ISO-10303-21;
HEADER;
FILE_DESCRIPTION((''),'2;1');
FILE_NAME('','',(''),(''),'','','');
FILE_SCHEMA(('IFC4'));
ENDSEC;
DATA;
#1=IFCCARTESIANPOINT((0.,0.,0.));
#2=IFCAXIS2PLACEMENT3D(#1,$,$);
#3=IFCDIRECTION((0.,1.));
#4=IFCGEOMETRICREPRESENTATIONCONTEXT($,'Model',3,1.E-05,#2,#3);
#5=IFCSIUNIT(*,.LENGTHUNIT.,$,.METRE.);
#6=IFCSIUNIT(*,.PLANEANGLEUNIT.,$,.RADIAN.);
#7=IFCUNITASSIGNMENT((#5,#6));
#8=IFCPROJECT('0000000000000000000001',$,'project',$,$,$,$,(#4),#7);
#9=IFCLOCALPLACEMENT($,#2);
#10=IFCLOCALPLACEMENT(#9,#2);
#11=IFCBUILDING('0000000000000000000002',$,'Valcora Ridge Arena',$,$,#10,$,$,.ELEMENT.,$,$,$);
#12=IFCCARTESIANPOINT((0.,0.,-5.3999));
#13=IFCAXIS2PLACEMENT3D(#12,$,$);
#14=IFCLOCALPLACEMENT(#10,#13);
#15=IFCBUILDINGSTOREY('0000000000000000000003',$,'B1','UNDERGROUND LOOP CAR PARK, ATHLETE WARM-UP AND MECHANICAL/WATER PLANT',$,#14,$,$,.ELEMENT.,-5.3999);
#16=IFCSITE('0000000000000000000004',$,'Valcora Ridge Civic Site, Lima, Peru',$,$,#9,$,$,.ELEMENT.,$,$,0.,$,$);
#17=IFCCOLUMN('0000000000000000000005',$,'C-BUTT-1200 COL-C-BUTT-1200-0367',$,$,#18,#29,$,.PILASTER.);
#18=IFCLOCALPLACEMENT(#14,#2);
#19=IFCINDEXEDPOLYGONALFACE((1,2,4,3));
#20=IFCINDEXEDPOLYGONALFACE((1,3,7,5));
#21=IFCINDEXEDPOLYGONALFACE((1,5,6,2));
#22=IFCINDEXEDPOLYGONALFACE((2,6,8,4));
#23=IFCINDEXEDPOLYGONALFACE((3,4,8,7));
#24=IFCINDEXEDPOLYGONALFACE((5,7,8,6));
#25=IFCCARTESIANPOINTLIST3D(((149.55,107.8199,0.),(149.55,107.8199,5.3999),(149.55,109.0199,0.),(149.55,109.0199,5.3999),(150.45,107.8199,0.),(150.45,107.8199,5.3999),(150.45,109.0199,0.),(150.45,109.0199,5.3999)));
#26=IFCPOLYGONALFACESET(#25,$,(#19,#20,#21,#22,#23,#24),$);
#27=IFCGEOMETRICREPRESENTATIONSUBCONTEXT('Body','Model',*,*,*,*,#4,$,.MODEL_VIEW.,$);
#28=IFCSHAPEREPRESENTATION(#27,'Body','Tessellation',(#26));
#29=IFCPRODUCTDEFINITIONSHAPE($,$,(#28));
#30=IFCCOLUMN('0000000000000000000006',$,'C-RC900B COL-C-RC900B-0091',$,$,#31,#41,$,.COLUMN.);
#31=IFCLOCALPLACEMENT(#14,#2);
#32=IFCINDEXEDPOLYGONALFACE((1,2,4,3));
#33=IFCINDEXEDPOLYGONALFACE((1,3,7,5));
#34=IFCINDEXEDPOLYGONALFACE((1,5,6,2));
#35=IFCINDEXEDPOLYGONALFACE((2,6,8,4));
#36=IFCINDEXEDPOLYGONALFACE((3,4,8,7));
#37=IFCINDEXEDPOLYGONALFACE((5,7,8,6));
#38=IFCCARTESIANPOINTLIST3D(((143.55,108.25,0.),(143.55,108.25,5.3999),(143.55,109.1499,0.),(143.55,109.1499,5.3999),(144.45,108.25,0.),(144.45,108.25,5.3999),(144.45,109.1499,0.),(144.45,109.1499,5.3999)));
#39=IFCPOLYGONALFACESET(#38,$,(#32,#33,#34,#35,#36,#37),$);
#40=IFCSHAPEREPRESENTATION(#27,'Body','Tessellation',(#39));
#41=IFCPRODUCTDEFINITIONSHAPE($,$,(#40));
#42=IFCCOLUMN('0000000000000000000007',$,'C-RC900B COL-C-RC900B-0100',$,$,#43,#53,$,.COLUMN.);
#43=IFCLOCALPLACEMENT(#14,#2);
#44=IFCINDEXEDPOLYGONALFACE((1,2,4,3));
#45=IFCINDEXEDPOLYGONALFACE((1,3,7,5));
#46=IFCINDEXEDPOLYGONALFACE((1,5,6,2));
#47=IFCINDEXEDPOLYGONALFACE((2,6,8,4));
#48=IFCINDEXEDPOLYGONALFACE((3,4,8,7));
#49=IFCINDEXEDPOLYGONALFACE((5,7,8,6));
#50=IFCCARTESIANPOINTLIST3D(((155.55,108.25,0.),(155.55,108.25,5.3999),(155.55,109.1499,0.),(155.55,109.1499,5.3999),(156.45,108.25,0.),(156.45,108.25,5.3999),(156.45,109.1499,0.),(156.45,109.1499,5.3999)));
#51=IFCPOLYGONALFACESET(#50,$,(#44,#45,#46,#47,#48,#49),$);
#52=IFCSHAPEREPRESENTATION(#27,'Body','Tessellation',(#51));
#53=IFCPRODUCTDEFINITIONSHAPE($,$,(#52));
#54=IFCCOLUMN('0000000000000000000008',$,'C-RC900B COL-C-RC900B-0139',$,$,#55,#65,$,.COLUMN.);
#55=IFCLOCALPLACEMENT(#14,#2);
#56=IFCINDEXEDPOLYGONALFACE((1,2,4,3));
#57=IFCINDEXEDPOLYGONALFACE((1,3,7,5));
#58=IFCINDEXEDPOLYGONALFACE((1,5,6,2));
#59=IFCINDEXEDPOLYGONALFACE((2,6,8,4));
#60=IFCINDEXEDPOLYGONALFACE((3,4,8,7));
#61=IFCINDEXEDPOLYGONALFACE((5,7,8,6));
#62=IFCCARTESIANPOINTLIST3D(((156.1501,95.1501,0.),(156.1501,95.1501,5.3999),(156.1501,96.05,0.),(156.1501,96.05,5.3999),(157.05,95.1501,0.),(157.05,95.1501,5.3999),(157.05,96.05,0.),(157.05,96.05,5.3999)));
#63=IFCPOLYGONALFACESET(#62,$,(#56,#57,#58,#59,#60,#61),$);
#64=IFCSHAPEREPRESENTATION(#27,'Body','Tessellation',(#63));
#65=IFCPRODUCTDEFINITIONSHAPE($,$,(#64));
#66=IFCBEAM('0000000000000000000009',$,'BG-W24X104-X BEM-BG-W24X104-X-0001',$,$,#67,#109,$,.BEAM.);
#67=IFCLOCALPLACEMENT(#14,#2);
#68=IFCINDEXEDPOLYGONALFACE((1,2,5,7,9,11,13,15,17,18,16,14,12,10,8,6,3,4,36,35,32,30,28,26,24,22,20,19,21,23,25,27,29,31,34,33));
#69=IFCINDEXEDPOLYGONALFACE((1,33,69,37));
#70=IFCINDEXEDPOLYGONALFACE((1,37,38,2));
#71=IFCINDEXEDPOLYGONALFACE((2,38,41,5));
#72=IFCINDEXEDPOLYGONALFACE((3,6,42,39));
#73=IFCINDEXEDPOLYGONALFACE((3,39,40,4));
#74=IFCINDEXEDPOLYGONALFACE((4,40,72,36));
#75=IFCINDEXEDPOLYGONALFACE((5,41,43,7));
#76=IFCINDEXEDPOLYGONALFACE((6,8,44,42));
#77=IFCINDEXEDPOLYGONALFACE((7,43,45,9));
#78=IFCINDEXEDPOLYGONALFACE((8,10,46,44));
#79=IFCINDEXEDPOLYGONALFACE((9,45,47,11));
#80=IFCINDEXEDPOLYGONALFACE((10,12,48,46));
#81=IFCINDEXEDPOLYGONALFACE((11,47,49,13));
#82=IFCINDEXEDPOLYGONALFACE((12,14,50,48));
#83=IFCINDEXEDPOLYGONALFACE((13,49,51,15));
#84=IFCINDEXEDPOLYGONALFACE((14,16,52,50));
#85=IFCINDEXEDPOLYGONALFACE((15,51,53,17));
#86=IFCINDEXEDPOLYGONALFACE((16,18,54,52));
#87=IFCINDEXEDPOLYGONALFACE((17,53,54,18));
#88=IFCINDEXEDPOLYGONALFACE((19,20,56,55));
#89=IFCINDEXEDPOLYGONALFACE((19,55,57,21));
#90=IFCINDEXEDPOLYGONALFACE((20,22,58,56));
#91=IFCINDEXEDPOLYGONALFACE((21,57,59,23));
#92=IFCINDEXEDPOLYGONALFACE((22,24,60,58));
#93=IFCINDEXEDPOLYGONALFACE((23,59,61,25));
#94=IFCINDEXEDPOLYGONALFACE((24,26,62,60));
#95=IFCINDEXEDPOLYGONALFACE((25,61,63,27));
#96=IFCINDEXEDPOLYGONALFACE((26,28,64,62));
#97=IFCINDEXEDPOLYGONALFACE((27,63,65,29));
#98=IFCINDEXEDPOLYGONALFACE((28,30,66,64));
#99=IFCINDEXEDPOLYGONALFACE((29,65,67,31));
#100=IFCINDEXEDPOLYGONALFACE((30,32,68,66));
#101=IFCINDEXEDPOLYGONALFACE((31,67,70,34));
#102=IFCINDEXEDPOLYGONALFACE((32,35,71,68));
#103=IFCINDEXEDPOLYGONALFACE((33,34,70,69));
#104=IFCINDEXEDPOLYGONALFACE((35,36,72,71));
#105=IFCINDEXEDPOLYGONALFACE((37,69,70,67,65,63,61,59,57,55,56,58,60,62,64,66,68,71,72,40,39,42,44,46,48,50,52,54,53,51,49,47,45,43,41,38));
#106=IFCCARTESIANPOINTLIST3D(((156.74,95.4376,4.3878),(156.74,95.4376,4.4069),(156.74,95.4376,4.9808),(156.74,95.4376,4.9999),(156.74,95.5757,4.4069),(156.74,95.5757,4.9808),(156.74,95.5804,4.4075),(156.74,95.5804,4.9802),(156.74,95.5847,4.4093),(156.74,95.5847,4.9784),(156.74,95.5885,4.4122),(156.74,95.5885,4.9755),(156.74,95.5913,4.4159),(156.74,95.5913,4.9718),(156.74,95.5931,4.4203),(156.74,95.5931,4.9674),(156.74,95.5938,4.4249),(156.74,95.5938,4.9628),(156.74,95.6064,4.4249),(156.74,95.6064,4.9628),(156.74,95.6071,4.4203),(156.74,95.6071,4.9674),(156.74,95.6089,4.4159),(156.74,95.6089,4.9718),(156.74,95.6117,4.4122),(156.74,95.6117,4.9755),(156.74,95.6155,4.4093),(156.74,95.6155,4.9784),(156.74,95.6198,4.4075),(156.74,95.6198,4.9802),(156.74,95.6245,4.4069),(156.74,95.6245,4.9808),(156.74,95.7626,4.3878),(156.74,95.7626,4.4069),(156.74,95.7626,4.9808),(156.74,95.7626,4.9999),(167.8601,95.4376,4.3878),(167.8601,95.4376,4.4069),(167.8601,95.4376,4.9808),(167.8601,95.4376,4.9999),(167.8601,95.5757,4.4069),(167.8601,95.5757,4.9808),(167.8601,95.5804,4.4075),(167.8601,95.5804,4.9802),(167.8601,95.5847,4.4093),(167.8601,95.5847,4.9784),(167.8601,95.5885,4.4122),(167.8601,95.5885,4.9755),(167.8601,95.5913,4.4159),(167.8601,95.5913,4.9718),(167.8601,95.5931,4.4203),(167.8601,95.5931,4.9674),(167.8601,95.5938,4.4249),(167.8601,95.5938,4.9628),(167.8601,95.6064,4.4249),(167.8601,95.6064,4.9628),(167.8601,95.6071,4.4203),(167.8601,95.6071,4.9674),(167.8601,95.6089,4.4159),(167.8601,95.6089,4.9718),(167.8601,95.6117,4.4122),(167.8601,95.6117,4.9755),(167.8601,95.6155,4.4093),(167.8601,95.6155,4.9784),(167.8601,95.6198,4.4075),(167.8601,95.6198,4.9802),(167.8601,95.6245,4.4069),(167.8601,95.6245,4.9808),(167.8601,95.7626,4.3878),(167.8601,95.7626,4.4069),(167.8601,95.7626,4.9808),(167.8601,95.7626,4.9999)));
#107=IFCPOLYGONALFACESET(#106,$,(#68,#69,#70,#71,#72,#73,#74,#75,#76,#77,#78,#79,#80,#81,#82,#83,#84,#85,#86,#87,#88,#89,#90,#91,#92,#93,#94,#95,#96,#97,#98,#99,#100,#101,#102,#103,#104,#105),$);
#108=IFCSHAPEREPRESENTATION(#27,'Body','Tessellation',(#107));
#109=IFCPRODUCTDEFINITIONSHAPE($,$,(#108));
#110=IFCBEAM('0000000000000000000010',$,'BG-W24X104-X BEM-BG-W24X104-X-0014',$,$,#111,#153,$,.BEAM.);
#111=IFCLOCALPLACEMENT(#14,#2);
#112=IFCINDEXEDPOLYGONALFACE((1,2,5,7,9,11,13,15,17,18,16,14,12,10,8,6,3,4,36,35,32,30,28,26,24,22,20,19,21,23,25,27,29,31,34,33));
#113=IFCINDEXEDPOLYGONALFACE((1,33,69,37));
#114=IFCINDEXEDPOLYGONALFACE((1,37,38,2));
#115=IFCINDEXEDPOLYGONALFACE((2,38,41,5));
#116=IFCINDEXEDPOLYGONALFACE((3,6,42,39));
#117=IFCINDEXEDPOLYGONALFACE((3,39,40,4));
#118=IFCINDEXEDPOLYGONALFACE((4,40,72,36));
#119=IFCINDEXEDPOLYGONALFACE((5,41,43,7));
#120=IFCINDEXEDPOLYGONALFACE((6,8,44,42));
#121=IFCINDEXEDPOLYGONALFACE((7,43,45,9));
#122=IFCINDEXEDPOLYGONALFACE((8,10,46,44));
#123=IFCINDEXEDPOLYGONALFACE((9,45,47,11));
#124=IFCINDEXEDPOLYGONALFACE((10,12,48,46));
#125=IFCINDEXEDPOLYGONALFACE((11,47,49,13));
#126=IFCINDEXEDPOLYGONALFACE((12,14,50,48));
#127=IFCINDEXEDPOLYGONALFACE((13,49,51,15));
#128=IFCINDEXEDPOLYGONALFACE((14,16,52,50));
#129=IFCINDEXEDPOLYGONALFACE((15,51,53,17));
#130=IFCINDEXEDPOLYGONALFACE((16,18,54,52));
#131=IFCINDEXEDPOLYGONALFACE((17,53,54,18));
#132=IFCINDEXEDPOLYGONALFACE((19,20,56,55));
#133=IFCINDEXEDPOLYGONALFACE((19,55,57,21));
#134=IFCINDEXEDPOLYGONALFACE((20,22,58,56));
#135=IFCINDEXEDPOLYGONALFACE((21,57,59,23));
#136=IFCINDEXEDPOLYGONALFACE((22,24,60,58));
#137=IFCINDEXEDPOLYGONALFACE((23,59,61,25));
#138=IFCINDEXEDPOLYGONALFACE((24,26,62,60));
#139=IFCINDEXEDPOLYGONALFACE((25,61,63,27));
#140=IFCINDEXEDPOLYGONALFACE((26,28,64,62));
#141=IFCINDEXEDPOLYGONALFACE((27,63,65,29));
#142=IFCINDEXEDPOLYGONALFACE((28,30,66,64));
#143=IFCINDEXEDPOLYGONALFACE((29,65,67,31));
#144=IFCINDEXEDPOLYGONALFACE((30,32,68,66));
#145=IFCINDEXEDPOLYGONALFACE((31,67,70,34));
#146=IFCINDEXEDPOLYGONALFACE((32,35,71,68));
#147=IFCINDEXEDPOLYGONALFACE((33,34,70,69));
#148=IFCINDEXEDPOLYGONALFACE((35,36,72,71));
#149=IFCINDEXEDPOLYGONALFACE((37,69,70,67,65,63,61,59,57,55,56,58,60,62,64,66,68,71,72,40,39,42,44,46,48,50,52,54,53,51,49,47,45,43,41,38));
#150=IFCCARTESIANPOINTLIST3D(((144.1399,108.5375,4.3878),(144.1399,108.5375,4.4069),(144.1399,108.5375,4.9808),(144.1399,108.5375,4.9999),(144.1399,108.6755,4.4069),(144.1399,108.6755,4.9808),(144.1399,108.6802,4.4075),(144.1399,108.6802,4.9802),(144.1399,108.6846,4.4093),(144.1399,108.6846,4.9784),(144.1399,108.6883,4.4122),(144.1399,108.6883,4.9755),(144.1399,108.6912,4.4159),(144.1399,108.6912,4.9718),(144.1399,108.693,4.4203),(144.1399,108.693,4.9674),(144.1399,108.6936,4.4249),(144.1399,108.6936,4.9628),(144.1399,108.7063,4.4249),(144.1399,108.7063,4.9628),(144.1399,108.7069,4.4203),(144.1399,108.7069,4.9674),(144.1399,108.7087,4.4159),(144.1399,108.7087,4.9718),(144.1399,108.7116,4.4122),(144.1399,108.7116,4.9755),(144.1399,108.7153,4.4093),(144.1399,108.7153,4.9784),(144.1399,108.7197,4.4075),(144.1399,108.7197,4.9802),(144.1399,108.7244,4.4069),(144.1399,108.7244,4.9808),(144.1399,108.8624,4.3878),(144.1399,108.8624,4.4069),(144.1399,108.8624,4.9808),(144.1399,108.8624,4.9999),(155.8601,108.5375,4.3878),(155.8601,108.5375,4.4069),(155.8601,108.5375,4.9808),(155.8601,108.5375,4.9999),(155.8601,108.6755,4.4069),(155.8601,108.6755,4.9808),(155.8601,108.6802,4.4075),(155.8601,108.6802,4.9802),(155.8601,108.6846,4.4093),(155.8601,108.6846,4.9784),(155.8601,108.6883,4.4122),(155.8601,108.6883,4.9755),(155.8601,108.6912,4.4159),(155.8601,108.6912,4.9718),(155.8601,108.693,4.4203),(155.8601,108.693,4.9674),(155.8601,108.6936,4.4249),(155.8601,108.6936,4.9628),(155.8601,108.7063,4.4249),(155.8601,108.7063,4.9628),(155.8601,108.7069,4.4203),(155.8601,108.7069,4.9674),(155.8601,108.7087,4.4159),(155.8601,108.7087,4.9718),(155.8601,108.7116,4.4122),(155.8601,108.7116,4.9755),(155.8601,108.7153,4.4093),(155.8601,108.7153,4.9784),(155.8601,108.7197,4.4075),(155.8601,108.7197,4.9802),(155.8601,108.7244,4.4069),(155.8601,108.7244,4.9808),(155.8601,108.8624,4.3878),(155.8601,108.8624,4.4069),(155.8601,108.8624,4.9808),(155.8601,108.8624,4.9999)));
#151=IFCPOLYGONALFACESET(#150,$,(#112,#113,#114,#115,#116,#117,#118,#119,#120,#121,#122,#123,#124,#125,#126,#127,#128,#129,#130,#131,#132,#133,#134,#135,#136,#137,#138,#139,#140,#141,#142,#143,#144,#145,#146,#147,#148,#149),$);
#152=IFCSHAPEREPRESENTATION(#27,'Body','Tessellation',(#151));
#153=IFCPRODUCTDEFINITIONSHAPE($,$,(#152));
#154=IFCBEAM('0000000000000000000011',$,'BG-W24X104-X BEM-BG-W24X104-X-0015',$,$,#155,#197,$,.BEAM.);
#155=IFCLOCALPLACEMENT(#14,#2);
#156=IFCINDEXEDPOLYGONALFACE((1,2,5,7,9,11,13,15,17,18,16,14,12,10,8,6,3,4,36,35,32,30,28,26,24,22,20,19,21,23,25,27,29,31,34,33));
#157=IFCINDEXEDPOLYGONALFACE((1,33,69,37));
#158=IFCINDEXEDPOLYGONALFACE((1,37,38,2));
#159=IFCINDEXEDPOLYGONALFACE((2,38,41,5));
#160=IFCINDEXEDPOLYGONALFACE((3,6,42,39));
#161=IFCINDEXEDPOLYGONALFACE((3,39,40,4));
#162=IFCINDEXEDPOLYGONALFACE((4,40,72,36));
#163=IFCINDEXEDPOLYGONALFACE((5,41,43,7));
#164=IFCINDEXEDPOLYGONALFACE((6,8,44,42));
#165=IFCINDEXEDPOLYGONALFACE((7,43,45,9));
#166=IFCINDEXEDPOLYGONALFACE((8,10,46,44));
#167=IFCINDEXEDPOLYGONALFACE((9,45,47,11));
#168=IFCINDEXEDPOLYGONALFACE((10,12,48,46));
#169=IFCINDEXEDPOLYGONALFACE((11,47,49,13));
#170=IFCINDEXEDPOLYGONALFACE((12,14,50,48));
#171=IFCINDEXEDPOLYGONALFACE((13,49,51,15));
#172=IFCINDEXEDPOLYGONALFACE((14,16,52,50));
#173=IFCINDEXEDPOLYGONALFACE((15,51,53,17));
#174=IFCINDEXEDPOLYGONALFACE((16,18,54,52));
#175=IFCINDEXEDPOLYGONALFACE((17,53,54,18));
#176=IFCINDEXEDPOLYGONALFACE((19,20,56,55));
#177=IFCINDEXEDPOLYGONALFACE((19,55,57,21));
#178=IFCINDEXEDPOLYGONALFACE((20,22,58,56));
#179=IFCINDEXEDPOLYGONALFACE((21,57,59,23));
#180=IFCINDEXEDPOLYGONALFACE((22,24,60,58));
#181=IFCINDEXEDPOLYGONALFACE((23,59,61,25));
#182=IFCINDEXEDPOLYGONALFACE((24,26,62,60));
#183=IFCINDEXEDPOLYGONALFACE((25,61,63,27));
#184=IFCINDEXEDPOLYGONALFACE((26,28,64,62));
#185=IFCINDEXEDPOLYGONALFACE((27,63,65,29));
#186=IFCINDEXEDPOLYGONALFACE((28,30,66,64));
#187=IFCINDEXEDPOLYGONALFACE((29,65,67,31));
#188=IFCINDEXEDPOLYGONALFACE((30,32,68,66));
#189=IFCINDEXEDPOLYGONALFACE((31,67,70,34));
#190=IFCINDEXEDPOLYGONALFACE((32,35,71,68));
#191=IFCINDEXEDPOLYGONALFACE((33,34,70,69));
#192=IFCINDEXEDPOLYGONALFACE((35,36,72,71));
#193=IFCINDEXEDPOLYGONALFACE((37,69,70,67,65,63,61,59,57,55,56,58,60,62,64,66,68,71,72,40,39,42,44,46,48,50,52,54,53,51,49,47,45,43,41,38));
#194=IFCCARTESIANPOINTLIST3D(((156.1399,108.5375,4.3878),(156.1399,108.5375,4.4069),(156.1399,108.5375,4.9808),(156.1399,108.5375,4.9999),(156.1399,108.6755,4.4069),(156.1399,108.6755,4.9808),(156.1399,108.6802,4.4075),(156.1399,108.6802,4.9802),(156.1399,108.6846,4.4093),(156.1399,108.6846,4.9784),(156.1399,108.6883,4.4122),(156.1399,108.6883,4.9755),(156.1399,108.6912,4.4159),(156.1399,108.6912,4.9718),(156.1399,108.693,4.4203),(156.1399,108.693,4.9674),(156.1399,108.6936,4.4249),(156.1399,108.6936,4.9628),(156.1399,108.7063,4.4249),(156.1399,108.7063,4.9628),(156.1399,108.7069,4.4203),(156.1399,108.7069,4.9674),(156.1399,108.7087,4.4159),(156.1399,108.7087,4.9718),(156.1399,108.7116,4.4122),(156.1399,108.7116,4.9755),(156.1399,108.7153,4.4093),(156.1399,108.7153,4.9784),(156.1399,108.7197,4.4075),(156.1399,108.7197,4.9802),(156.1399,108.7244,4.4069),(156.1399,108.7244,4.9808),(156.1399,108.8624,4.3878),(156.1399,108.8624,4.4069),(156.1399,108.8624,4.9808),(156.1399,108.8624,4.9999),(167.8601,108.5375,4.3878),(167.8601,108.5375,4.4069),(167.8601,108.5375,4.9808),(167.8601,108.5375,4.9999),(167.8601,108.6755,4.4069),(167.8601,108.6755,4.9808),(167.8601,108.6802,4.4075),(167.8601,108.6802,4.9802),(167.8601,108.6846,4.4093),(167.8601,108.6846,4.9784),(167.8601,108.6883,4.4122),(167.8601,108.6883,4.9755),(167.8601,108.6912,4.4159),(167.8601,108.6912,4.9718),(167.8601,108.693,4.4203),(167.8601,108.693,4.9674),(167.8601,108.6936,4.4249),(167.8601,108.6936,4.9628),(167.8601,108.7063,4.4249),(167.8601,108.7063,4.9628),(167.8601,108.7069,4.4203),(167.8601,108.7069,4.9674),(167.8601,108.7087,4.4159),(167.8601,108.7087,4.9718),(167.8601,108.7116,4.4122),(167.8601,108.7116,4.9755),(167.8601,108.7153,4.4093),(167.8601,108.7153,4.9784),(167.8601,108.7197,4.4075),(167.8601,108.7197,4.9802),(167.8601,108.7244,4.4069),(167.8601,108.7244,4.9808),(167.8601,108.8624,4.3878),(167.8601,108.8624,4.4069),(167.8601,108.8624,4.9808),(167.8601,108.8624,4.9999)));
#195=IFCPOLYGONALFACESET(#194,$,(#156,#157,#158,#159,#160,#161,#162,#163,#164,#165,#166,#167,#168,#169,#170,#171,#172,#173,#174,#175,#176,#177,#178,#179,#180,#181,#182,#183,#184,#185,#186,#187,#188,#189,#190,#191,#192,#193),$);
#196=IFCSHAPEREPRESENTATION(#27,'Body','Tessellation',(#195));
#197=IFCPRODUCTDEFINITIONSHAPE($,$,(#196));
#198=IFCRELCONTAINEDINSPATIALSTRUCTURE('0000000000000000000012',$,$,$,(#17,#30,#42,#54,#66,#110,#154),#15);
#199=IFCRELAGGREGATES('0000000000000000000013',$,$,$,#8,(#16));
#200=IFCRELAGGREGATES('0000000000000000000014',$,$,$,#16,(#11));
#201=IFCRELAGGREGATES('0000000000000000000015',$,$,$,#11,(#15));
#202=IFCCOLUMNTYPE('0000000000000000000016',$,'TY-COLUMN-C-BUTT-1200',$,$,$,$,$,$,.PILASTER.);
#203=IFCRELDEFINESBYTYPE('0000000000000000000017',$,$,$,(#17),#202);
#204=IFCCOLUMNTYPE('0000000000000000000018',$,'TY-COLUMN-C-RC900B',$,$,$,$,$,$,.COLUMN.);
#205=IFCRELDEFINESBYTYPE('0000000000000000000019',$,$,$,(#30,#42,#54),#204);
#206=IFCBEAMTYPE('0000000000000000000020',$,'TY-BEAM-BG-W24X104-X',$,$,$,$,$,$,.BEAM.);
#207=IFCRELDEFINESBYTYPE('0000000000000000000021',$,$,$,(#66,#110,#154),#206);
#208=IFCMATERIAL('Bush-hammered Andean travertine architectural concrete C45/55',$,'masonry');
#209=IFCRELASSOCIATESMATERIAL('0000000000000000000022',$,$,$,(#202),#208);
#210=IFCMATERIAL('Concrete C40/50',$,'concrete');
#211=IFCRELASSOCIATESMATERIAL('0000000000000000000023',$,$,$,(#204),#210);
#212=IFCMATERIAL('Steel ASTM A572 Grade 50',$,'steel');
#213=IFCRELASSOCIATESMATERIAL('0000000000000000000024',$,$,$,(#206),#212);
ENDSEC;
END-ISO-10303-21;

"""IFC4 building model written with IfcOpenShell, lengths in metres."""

from ifc_helpers import new_model, si_unit, direction, frame, origin, origin_2d, place, context, subcontext, project, spatial, rectangle, i_section, extrude, material, material_profile, profile_set, type_object, element, save


model = new_model("IFC4")

# Units and contexts
model_context = context("Model", 3, precision=1e-05, world=origin(), true_north=direction((0.0, 1.0)))
body_context = subcontext(model_context, "Body", "Model", "MODEL_VIEW")
ifc_project = project(units=[si_unit("LENGTHUNIT", "METRE"), si_unit("PLANEANGLEUNIT", "RADIAN")], contexts=[model_context])

# Site, building, storey
site_placement = place(None, origin())
site = spatial("IfcSite", under=ifc_project, at=site_placement, Name="Valcora Ridge Civic Site, Lima, Peru", CompositionType="ELEMENT", RefElevation=0.0)
building_placement = place(site_placement, origin())
building = spatial("IfcBuilding", under=site, at=building_placement, Name="Valcora Ridge Arena", CompositionType="ELEMENT")
storey_placement = place(building_placement, frame((0.0, 0.0, -5.3999)))
storey = spatial("IfcBuildingStorey", under=building, at=storey_placement, Name="B1", Description="UNDERGROUND LOOP CAR PARK, ATHLETE WARM-UP AND MECHANICAL/WATER PLANT", CompositionType="ELEMENT", Elevation=-5.3999)

# Shared definitions
ifc_material_1 = material(Name="Concrete C40/50", Category="concrete")

# Columns
ifc_material_2 = material(Name="Bush-hammered Andean travertine architectural concrete C45/55", Category="masonry")
ifc_material_profile_1 = material_profile(ifc_material_2, rectangle(XDim=0.8999, YDim=1.2, at=origin_2d()), Name="RC 900x1200")
ifc_profile_set_1 = profile_set([ifc_material_profile_1], Name="Bush-hammered Andean travertine architectural concrete C45/55")
column_type_1 = type_object("IfcColumnType", Name="TY-COLUMN-C-BUTT-1200", PredefinedType="PILASTER", material=ifc_profile_set_1)
for number, where, z_axis, x_axis, name in (
    (1, (150.0, 108.4199, 0.0), (0.0, 0.0, 1.0), (1.0, 0.0, 0.0), "C-BUTT-1200 COL-C-BUTT-1200-0367"),
):
    element("IfcColumn", number, at=place(storey_placement, frame(where, z_axis=z_axis, x_axis=x_axis)), inside=storey, type_object=column_type_1, Name=name, PredefinedType="PILASTER", context=body_context, shape_type="SweptSolid", body=[
        extrude(rectangle(XDim=0.8999, YDim=1.2, at=origin_2d()), origin(), (0.0, 0.0, 1.0), 5.3999),
    ])
ifc_material_profile_2 = material_profile(ifc_material_1, rectangle(XDim=0.8999, YDim=0.8999, at=origin_2d()), Name="RC 900x900")
ifc_profile_set_2 = profile_set([ifc_material_profile_2], Name="Concrete C40/50")
column_type_2 = type_object("IfcColumnType", Name="TY-COLUMN-C-RC900B", PredefinedType="COLUMN", material=ifc_profile_set_2)
for number, where, z_axis, x_axis, name in (
    (2, (144.0, 108.7, 0.0), (0.0, 0.0, 1.0), (1.0, 0.0, 0.0), "C-RC900B COL-C-RC900B-0091"),
    (3, (156.0, 108.7, 0.0), (0.0, 0.0, 1.0), (1.0, 0.0, 0.0), "C-RC900B COL-C-RC900B-0100"),
    (4, (156.6001, 95.6001, 0.0), (0.0, 0.0, 1.0), (1.0, 0.0, 0.0), "C-RC900B COL-C-RC900B-0139"),
):
    element("IfcColumn", number, at=place(storey_placement, frame(where, z_axis=z_axis, x_axis=x_axis)), inside=storey, type_object=column_type_2, Name=name, PredefinedType="COLUMN", context=body_context, shape_type="SweptSolid", body=[
        extrude(rectangle(XDim=0.8999, YDim=0.8999, at=origin_2d()), origin(), (0.0, 0.0, 1.0), 5.3999),
    ])

# Beams
ifc_material_3 = material(Name="Steel ASTM A572 Grade 50", Category="steel")
ifc_material_profile_3 = material_profile(ifc_material_3, i_section(OverallWidth=0.325, OverallDepth=0.6121, WebThickness=0.0127, FlangeThickness=0.019, FilletRadius=0.0181, at=origin_2d()), Name="W24X104")
ifc_profile_set_3 = profile_set([ifc_material_profile_3], Name="Steel ASTM A572 Grade 50")
beam_type_1 = type_object("IfcBeamType", Name="TY-BEAM-BG-W24X104-X", PredefinedType="BEAM", material=ifc_profile_set_3)
beam_placement = place(storey_placement, frame((156.74, 95.6001, 4.6938), z_axis=(1.0, 0.0, 0.0), x_axis=(0.0, 1.0, 0.0)))
element("IfcBeam", 5, at=beam_placement, inside=storey, type_object=beam_type_1, Name="BG-W24X104-X BEM-BG-W24X104-X-0001", PredefinedType="BEAM", context=body_context, shape_type="SweptSolid", body=[
    extrude(i_section(OverallWidth=0.325, OverallDepth=0.6121, WebThickness=0.0127, FlangeThickness=0.019, FilletRadius=0.0181, at=origin_2d()), origin(), (0.0, 0.0, 1.0), 11.1201),
])
for number, where, z_axis, x_axis, name in (
    (6, (144.1399, 108.7, 4.6938), (1.0, 0.0, 0.0), (0.0, 1.0, 0.0), "BG-W24X104-X BEM-BG-W24X104-X-0014"),
    (7, (156.1399, 108.7, 4.6938), (1.0, 0.0, 0.0), (0.0, 1.0, 0.0), "BG-W24X104-X BEM-BG-W24X104-X-0015"),
):
    element("IfcBeam", number, at=place(storey_placement, frame(where, z_axis=z_axis, x_axis=x_axis)), inside=storey, type_object=beam_type_1, Name=name, PredefinedType="BEAM", context=body_context, shape_type="SweptSolid", body=[
        extrude(i_section(OverallWidth=0.325, OverallDepth=0.6121, WebThickness=0.0127, FlangeThickness=0.019, FilletRadius=0.0181, at=origin_2d()), origin(), (0.0, 0.0, 1.0), 11.7202),
    ])

save(model, "model.ifc")
